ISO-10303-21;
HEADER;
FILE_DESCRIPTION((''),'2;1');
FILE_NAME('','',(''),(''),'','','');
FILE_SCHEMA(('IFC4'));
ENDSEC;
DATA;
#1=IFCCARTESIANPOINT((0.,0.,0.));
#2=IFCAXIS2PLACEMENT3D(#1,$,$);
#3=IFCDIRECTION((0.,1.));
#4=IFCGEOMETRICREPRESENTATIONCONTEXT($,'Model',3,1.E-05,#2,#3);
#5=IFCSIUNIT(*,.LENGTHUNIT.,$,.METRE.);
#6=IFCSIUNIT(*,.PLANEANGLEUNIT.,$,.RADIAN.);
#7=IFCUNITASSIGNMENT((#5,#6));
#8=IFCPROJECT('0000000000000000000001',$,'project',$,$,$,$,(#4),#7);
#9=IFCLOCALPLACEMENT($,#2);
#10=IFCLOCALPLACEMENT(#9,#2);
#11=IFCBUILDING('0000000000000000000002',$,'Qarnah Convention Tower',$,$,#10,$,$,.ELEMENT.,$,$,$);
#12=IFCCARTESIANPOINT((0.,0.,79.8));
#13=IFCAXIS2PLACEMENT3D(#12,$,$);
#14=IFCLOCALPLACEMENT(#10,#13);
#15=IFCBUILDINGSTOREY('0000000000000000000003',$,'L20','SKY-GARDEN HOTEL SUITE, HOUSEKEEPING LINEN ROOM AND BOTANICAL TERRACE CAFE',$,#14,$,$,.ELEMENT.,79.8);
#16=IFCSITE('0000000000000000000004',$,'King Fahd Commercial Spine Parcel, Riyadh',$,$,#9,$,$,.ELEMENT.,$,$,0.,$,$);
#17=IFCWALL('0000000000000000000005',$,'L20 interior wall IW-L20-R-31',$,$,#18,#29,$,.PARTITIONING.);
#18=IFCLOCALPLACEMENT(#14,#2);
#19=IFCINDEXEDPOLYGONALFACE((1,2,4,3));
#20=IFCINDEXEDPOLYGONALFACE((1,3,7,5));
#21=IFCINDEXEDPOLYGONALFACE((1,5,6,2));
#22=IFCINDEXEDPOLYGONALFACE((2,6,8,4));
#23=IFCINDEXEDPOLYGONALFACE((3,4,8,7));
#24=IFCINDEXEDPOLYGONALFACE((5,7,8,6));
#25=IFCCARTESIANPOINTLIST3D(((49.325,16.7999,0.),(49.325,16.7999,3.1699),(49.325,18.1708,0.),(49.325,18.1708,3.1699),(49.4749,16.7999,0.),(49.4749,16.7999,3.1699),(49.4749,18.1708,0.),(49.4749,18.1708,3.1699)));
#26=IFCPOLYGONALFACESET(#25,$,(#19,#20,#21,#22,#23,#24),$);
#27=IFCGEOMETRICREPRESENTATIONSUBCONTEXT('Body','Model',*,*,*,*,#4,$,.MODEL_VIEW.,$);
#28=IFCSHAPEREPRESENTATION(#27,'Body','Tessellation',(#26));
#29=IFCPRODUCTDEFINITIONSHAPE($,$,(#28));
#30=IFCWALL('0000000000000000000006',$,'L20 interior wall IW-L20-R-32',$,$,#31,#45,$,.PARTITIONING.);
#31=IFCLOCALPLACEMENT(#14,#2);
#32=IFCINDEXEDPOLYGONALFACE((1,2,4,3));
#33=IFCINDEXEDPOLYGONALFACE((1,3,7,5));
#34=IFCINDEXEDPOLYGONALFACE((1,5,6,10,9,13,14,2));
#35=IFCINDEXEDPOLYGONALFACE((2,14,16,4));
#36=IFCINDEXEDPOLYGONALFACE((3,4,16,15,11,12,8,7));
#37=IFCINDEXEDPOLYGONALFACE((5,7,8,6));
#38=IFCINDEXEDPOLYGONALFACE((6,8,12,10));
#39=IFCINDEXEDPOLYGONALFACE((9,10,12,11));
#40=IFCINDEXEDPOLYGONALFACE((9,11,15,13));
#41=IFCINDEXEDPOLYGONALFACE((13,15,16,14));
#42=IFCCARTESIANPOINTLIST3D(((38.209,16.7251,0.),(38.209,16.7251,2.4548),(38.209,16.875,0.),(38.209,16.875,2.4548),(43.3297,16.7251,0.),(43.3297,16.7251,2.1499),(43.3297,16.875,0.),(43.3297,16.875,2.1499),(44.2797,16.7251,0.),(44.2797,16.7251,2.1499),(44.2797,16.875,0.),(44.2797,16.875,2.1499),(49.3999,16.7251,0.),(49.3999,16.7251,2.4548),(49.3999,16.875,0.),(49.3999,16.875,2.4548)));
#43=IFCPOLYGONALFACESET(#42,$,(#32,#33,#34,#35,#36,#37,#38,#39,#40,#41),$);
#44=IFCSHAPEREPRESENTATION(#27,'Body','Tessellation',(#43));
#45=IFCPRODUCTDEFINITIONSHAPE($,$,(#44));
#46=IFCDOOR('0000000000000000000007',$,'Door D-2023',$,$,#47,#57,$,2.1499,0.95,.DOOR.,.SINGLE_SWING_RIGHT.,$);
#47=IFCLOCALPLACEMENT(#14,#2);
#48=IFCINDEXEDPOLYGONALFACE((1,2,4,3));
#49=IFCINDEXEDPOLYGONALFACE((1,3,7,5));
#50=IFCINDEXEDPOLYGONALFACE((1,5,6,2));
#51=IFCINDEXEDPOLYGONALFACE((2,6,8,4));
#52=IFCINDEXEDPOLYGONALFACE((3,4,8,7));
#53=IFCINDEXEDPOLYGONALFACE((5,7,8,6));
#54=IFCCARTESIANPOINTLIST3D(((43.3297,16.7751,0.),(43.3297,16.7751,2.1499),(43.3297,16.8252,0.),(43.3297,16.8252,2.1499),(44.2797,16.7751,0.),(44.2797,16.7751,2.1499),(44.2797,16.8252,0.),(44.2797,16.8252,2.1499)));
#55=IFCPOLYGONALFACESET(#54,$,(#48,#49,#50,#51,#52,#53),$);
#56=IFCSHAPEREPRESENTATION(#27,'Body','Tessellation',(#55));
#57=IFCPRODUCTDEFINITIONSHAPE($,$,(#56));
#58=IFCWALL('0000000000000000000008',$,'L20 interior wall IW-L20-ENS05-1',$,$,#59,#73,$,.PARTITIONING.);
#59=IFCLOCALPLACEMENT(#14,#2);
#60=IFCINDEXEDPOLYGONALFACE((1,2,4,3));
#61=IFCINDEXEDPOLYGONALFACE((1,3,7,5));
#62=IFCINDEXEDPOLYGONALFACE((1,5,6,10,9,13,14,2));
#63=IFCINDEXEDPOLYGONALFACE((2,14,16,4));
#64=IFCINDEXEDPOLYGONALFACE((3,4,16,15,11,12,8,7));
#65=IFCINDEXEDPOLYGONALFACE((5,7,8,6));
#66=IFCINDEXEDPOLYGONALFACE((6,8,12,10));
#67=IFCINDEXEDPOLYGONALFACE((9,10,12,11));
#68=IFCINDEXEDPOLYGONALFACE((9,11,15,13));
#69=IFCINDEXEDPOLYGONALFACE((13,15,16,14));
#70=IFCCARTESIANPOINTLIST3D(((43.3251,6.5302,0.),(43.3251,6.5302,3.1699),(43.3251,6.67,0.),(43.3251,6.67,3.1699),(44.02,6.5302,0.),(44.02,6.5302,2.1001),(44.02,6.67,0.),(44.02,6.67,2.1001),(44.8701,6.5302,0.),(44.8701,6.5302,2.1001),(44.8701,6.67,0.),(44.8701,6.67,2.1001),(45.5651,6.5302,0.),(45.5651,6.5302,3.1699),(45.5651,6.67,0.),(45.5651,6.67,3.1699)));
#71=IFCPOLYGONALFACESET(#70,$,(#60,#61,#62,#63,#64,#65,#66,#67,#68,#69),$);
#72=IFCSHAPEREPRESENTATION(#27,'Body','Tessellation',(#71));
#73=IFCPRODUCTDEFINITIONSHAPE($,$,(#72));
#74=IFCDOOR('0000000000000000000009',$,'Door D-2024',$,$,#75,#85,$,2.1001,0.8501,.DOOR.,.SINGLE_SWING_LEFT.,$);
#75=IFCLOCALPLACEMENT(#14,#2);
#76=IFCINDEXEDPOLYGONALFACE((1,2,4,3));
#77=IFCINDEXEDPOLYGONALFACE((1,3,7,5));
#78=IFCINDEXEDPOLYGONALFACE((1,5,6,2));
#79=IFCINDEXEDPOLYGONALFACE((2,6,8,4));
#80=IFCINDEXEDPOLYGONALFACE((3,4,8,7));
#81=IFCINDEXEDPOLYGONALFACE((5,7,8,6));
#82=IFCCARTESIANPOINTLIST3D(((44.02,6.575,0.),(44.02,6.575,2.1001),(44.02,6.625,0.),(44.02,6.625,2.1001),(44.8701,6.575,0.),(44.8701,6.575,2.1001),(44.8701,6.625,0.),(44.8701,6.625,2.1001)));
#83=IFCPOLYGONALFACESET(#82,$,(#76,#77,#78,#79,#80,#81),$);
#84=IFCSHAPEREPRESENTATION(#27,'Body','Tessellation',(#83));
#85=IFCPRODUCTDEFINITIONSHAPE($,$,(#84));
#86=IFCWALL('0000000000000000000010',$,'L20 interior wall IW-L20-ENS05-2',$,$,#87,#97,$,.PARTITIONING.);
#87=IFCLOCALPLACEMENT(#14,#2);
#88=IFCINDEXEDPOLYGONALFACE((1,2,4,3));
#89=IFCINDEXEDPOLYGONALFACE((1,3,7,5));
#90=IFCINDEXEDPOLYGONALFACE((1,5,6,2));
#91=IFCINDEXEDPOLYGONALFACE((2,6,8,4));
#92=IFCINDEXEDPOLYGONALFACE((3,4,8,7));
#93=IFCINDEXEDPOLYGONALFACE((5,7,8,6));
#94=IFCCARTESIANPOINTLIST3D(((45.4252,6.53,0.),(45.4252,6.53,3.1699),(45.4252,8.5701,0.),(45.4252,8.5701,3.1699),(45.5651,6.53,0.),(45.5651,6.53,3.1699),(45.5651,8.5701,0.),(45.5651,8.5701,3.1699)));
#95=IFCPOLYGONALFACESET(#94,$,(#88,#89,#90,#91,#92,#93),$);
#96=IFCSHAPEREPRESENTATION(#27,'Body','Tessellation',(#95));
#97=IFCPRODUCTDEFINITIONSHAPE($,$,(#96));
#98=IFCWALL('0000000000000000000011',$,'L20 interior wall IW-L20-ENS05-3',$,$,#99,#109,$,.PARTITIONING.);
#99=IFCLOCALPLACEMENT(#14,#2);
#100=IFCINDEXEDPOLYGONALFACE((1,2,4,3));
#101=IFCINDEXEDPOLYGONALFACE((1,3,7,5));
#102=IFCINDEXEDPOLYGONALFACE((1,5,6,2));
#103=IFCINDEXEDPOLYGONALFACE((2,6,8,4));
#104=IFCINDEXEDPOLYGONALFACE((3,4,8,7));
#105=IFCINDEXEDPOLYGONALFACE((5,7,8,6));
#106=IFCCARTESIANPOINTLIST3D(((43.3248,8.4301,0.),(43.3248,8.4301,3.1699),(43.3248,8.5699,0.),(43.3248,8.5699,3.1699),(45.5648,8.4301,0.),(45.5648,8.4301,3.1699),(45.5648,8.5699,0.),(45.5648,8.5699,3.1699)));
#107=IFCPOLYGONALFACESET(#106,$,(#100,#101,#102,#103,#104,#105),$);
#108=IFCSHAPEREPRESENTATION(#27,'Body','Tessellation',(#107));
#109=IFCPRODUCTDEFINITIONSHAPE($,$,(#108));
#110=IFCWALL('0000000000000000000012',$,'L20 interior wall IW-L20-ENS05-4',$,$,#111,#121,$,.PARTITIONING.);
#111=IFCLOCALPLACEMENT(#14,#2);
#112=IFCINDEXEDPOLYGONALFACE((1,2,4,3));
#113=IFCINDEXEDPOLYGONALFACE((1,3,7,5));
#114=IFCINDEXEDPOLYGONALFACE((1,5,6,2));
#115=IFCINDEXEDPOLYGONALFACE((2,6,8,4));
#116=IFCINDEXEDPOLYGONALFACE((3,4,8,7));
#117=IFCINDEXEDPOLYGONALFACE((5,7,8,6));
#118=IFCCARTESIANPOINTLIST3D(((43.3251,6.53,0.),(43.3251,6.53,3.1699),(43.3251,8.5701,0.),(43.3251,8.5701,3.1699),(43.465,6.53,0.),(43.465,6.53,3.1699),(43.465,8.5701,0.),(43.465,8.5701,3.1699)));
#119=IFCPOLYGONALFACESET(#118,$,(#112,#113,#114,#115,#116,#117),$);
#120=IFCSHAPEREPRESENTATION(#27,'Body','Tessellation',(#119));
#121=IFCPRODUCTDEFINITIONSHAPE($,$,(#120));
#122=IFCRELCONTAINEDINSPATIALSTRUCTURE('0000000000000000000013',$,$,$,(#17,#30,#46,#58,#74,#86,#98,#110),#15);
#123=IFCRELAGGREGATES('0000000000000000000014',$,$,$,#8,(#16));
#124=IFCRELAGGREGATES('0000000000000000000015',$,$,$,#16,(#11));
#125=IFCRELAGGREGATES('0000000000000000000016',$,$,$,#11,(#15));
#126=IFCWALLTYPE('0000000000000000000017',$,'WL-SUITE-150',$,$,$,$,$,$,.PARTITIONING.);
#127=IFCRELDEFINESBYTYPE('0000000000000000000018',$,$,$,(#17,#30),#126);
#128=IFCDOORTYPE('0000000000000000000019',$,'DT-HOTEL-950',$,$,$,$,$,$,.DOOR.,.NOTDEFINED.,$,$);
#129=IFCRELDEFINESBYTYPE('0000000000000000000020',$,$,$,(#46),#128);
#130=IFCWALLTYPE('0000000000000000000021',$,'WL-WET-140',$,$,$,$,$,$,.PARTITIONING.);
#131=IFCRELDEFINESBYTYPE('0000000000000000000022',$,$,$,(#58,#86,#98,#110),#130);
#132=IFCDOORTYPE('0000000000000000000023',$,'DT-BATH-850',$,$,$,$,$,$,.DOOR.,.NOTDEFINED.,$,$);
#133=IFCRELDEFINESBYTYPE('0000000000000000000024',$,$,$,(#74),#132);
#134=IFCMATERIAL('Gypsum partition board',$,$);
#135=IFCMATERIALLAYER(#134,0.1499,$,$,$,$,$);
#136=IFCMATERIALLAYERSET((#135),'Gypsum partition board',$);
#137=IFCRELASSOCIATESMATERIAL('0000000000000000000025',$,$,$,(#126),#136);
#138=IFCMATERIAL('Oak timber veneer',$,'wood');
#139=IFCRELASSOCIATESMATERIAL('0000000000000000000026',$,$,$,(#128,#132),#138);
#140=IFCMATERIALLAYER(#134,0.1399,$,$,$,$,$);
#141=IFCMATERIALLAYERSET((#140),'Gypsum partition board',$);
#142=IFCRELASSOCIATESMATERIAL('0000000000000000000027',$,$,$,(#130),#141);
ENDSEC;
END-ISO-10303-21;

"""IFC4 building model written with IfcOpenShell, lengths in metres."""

from ifc_helpers import new_model, si_unit, direction, frame, frame_2d, origin, place, context, subcontext, project, spatial, rectangle, extrude, material, layer, layer_set, type_object, element, fill, save


model = new_model("IFC4")

# Units and contexts
model_context = context("Model", 3, precision=1e-05, world=origin(), true_north=direction((0.0, 1.0)))
body_context = subcontext(model_context, "Body", "Model", "MODEL_VIEW")
ifc_project = project(units=[si_unit("LENGTHUNIT", "METRE"), si_unit("PLANEANGLEUNIT", "RADIAN")], contexts=[model_context])

# Site, building, storey
site_placement = place(None, origin())
site = spatial("IfcSite", under=ifc_project, at=site_placement, Name="King Fahd Commercial Spine Parcel, Riyadh", CompositionType="ELEMENT", RefElevation=0.0)
building_placement = place(site_placement, origin())
building = spatial("IfcBuilding", under=site, at=building_placement, Name="Qarnah Convention Tower", CompositionType="ELEMENT")
storey_placement = place(building_placement, frame((0.0, 0.0, 79.8)))
storey = spatial("IfcBuildingStorey", under=building, at=storey_placement, Name="L20", Description="SKY-GARDEN HOTEL SUITE, HOUSEKEEPING LINEN ROOM AND BOTANICAL TERRACE CAFE", CompositionType="ELEMENT", Elevation=79.8)

# Shared definitions
ifc_material_1 = material(Name="Gypsum partition board")
ifc_layer_1 = layer(ifc_material_1, 0.1499)
ifc_layer_set_1 = layer_set([ifc_layer_1], Name="Gypsum partition board")
wall_type_1 = type_object("IfcWallType", Name="WL-SUITE-150", PredefinedType="PARTITIONING", material=ifc_layer_set_1)

# Shared definitions
ifc_material_2 = material(Name="Oak timber veneer", Category="wood")
door_type_1 = type_object("IfcDoorType", Name="DT-HOTEL-950", OperationType="NOTDEFINED", PredefinedType="DOOR", material=ifc_material_2)

# Wall
wall_1_placement = place(storey_placement, frame((49.3999, 18.1709, 0.0), z_axis=(0.0, 0.0, 1.0), x_axis=(0.0, -1.0, 0.0)))
element("IfcWall", 1, at=wall_1_placement, inside=storey, type_object=wall_type_1, Name="L20 interior wall IW-L20-R-31", PredefinedType="PARTITIONING", context=body_context, shape_type="SweptSolid", body=[
    extrude(rectangle(XDim=1.3708, YDim=0.1499, at=frame_2d((0.6855, 0.0))), origin(), (0.0, 0.0, 1.0), 3.1699),
])

# Walls, openings, doors
wall_2_placement = place(storey_placement, frame((49.3999, 16.8, 0.0), z_axis=(0.0, 0.0, 1.0), x_axis=(-1.0, 0.0, 0.0)))
wall_2 = element("IfcWall", 2, at=wall_2_placement, inside=storey, type_object=wall_type_1, Name="L20 interior wall IW-L20-R-32", PredefinedType="PARTITIONING", context=body_context, shape_type="SweptSolid", body=[
    extrude(rectangle(XDim=11.1909, YDim=0.1499, at=frame_2d((5.5955, 0.0))), origin(), (0.0, 0.0, 1.0), 2.4548),
])
opening_1_placement = place(wall_2_placement, frame((5.1201, 0.0, 0.0)))
opening_1 = element("IfcOpeningElement", 3, at=opening_1_placement, cuts=wall_2, PredefinedType="OPENING", context=body_context, shape_type="SweptSolid", body=[
    extrude(rectangle(XDim=0.95, YDim=2.1499, at=frame_2d((0.4751, 1.075))), frame((0.0, 0.085, 0.0), z_axis=(0.0, -1.0, 0.0), x_axis=(1.0, 0.0, 0.0)), (0.0, 0.0, 1.0), 0.1699),
])
door_1_placement = place(opening_1_placement, origin())
door_1 = element("IfcDoor", 4, at=door_1_placement, inside=storey, type_object=door_type_1, Name="Door D-2023", OperationType="SINGLE_SWING_RIGHT", OverallHeight=2.1499, OverallWidth=0.95, PredefinedType="DOOR", context=body_context, shape_type="SweptSolid", body=[
    extrude(rectangle(XDim=0.95, YDim=2.1499, at=frame_2d((0.4751, 1.075))), frame((0.0, 0.0249, 0.0), z_axis=(0.0, -1.0, 0.0), x_axis=(1.0, 0.0, 0.0)), (0.0, 0.0, 1.0), 0.05),
])
fill(opening_1, door_1)
ifc_layer_2 = layer(ifc_material_1, 0.1399)
ifc_layer_set_2 = layer_set([ifc_layer_2], Name="Gypsum partition board")
wall_type_2 = type_object("IfcWallType", Name="WL-WET-140", PredefinedType="PARTITIONING", material=ifc_layer_set_2)
wall_3_placement = place(storey_placement, frame((43.325, 6.6001, 0.0), z_axis=(0.0, 0.0, 1.0), x_axis=(1.0, 0.0, 0.0)))
wall_3 = element("IfcWall", 5, at=wall_3_placement, inside=storey, type_object=wall_type_2, Name="L20 interior wall IW-L20-ENS05-1", PredefinedType="PARTITIONING", context=body_context, shape_type="SweptSolid", body=[
    extrude(rectangle(XDim=2.24, YDim=0.1399, at=frame_2d((1.1201, 0.0))), origin(), (0.0, 0.0, 1.0), 3.1699),
])
opening_2_placement = place(wall_3_placement, frame((0.6951, 0.0, 0.0)))
opening_2 = element("IfcOpeningElement", 6, at=opening_2_placement, cuts=wall_3, PredefinedType="OPENING", context=body_context, shape_type="SweptSolid", body=[
    extrude(rectangle(XDim=0.8501, YDim=2.1001, at=frame_2d((0.425, 1.05))), frame((0.0, 0.0798, 0.0), z_axis=(0.0, -1.0, 0.0), x_axis=(1.0, 0.0, 0.0)), (0.0, 0.0, 1.0), 0.1599),
])
door_type_2 = type_object("IfcDoorType", Name="DT-BATH-850", OperationType="NOTDEFINED", PredefinedType="DOOR", material=ifc_material_2)
door_2_placement = place(opening_2_placement, origin())
door_2 = element("IfcDoor", 7, at=door_2_placement, inside=storey, type_object=door_type_2, Name="Door D-2024", OperationType="SINGLE_SWING_LEFT", OverallHeight=2.1001, OverallWidth=0.8501, PredefinedType="DOOR", context=body_context, shape_type="SweptSolid", body=[
    extrude(rectangle(XDim=0.8501, YDim=2.1001, at=frame_2d((0.425, 1.05))), frame((0.0, 0.0249, 0.0), z_axis=(0.0, -1.0, 0.0), x_axis=(1.0, 0.0, 0.0)), (0.0, 0.0, 1.0), 0.05),
])
fill(opening_2, door_2)

# Walls
wall_4_placement = place(storey_placement, frame((45.4951, 6.53, 0.0), z_axis=(0.0, 0.0, 1.0), x_axis=(0.0, 1.0, 0.0)))
element("IfcWall", 8, at=wall_4_placement, inside=storey, type_object=wall_type_2, Name="L20 interior wall IW-L20-ENS05-2", PredefinedType="PARTITIONING", context=body_context, shape_type="SweptSolid", body=[
    extrude(rectangle(XDim=2.04, YDim=0.1399, at=frame_2d((1.02, 0.0))), origin(), (0.0, 0.0, 1.0), 3.1699),
])
wall_5_placement = place(storey_placement, frame((45.5649, 8.5, 0.0), z_axis=(0.0, 0.0, 1.0), x_axis=(-1.0, 0.0, 0.0)))
element("IfcWall", 9, at=wall_5_placement, inside=storey, type_object=wall_type_2, Name="L20 interior wall IW-L20-ENS05-3", PredefinedType="PARTITIONING", context=body_context, shape_type="SweptSolid", body=[
    extrude(rectangle(XDim=2.24, YDim=0.1399, at=frame_2d((1.1201, 0.0))), origin(), (0.0, 0.0, 1.0), 3.1699),
])
wall_6_placement = place(storey_placement, frame((43.395, 8.5701, 0.0), z_axis=(0.0, 0.0, 1.0), x_axis=(0.0, -1.0, 0.0)))
element("IfcWall", 10, at=wall_6_placement, inside=storey, type_object=wall_type_2, Name="L20 interior wall IW-L20-ENS05-4", PredefinedType="PARTITIONING", context=body_context, shape_type="SweptSolid", body=[
    extrude(rectangle(XDim=2.04, YDim=0.1399, at=frame_2d((1.02, 0.0))), origin(), (0.0, 0.0, 1.0), 3.1699),
])

save(model, "model.ifc")
